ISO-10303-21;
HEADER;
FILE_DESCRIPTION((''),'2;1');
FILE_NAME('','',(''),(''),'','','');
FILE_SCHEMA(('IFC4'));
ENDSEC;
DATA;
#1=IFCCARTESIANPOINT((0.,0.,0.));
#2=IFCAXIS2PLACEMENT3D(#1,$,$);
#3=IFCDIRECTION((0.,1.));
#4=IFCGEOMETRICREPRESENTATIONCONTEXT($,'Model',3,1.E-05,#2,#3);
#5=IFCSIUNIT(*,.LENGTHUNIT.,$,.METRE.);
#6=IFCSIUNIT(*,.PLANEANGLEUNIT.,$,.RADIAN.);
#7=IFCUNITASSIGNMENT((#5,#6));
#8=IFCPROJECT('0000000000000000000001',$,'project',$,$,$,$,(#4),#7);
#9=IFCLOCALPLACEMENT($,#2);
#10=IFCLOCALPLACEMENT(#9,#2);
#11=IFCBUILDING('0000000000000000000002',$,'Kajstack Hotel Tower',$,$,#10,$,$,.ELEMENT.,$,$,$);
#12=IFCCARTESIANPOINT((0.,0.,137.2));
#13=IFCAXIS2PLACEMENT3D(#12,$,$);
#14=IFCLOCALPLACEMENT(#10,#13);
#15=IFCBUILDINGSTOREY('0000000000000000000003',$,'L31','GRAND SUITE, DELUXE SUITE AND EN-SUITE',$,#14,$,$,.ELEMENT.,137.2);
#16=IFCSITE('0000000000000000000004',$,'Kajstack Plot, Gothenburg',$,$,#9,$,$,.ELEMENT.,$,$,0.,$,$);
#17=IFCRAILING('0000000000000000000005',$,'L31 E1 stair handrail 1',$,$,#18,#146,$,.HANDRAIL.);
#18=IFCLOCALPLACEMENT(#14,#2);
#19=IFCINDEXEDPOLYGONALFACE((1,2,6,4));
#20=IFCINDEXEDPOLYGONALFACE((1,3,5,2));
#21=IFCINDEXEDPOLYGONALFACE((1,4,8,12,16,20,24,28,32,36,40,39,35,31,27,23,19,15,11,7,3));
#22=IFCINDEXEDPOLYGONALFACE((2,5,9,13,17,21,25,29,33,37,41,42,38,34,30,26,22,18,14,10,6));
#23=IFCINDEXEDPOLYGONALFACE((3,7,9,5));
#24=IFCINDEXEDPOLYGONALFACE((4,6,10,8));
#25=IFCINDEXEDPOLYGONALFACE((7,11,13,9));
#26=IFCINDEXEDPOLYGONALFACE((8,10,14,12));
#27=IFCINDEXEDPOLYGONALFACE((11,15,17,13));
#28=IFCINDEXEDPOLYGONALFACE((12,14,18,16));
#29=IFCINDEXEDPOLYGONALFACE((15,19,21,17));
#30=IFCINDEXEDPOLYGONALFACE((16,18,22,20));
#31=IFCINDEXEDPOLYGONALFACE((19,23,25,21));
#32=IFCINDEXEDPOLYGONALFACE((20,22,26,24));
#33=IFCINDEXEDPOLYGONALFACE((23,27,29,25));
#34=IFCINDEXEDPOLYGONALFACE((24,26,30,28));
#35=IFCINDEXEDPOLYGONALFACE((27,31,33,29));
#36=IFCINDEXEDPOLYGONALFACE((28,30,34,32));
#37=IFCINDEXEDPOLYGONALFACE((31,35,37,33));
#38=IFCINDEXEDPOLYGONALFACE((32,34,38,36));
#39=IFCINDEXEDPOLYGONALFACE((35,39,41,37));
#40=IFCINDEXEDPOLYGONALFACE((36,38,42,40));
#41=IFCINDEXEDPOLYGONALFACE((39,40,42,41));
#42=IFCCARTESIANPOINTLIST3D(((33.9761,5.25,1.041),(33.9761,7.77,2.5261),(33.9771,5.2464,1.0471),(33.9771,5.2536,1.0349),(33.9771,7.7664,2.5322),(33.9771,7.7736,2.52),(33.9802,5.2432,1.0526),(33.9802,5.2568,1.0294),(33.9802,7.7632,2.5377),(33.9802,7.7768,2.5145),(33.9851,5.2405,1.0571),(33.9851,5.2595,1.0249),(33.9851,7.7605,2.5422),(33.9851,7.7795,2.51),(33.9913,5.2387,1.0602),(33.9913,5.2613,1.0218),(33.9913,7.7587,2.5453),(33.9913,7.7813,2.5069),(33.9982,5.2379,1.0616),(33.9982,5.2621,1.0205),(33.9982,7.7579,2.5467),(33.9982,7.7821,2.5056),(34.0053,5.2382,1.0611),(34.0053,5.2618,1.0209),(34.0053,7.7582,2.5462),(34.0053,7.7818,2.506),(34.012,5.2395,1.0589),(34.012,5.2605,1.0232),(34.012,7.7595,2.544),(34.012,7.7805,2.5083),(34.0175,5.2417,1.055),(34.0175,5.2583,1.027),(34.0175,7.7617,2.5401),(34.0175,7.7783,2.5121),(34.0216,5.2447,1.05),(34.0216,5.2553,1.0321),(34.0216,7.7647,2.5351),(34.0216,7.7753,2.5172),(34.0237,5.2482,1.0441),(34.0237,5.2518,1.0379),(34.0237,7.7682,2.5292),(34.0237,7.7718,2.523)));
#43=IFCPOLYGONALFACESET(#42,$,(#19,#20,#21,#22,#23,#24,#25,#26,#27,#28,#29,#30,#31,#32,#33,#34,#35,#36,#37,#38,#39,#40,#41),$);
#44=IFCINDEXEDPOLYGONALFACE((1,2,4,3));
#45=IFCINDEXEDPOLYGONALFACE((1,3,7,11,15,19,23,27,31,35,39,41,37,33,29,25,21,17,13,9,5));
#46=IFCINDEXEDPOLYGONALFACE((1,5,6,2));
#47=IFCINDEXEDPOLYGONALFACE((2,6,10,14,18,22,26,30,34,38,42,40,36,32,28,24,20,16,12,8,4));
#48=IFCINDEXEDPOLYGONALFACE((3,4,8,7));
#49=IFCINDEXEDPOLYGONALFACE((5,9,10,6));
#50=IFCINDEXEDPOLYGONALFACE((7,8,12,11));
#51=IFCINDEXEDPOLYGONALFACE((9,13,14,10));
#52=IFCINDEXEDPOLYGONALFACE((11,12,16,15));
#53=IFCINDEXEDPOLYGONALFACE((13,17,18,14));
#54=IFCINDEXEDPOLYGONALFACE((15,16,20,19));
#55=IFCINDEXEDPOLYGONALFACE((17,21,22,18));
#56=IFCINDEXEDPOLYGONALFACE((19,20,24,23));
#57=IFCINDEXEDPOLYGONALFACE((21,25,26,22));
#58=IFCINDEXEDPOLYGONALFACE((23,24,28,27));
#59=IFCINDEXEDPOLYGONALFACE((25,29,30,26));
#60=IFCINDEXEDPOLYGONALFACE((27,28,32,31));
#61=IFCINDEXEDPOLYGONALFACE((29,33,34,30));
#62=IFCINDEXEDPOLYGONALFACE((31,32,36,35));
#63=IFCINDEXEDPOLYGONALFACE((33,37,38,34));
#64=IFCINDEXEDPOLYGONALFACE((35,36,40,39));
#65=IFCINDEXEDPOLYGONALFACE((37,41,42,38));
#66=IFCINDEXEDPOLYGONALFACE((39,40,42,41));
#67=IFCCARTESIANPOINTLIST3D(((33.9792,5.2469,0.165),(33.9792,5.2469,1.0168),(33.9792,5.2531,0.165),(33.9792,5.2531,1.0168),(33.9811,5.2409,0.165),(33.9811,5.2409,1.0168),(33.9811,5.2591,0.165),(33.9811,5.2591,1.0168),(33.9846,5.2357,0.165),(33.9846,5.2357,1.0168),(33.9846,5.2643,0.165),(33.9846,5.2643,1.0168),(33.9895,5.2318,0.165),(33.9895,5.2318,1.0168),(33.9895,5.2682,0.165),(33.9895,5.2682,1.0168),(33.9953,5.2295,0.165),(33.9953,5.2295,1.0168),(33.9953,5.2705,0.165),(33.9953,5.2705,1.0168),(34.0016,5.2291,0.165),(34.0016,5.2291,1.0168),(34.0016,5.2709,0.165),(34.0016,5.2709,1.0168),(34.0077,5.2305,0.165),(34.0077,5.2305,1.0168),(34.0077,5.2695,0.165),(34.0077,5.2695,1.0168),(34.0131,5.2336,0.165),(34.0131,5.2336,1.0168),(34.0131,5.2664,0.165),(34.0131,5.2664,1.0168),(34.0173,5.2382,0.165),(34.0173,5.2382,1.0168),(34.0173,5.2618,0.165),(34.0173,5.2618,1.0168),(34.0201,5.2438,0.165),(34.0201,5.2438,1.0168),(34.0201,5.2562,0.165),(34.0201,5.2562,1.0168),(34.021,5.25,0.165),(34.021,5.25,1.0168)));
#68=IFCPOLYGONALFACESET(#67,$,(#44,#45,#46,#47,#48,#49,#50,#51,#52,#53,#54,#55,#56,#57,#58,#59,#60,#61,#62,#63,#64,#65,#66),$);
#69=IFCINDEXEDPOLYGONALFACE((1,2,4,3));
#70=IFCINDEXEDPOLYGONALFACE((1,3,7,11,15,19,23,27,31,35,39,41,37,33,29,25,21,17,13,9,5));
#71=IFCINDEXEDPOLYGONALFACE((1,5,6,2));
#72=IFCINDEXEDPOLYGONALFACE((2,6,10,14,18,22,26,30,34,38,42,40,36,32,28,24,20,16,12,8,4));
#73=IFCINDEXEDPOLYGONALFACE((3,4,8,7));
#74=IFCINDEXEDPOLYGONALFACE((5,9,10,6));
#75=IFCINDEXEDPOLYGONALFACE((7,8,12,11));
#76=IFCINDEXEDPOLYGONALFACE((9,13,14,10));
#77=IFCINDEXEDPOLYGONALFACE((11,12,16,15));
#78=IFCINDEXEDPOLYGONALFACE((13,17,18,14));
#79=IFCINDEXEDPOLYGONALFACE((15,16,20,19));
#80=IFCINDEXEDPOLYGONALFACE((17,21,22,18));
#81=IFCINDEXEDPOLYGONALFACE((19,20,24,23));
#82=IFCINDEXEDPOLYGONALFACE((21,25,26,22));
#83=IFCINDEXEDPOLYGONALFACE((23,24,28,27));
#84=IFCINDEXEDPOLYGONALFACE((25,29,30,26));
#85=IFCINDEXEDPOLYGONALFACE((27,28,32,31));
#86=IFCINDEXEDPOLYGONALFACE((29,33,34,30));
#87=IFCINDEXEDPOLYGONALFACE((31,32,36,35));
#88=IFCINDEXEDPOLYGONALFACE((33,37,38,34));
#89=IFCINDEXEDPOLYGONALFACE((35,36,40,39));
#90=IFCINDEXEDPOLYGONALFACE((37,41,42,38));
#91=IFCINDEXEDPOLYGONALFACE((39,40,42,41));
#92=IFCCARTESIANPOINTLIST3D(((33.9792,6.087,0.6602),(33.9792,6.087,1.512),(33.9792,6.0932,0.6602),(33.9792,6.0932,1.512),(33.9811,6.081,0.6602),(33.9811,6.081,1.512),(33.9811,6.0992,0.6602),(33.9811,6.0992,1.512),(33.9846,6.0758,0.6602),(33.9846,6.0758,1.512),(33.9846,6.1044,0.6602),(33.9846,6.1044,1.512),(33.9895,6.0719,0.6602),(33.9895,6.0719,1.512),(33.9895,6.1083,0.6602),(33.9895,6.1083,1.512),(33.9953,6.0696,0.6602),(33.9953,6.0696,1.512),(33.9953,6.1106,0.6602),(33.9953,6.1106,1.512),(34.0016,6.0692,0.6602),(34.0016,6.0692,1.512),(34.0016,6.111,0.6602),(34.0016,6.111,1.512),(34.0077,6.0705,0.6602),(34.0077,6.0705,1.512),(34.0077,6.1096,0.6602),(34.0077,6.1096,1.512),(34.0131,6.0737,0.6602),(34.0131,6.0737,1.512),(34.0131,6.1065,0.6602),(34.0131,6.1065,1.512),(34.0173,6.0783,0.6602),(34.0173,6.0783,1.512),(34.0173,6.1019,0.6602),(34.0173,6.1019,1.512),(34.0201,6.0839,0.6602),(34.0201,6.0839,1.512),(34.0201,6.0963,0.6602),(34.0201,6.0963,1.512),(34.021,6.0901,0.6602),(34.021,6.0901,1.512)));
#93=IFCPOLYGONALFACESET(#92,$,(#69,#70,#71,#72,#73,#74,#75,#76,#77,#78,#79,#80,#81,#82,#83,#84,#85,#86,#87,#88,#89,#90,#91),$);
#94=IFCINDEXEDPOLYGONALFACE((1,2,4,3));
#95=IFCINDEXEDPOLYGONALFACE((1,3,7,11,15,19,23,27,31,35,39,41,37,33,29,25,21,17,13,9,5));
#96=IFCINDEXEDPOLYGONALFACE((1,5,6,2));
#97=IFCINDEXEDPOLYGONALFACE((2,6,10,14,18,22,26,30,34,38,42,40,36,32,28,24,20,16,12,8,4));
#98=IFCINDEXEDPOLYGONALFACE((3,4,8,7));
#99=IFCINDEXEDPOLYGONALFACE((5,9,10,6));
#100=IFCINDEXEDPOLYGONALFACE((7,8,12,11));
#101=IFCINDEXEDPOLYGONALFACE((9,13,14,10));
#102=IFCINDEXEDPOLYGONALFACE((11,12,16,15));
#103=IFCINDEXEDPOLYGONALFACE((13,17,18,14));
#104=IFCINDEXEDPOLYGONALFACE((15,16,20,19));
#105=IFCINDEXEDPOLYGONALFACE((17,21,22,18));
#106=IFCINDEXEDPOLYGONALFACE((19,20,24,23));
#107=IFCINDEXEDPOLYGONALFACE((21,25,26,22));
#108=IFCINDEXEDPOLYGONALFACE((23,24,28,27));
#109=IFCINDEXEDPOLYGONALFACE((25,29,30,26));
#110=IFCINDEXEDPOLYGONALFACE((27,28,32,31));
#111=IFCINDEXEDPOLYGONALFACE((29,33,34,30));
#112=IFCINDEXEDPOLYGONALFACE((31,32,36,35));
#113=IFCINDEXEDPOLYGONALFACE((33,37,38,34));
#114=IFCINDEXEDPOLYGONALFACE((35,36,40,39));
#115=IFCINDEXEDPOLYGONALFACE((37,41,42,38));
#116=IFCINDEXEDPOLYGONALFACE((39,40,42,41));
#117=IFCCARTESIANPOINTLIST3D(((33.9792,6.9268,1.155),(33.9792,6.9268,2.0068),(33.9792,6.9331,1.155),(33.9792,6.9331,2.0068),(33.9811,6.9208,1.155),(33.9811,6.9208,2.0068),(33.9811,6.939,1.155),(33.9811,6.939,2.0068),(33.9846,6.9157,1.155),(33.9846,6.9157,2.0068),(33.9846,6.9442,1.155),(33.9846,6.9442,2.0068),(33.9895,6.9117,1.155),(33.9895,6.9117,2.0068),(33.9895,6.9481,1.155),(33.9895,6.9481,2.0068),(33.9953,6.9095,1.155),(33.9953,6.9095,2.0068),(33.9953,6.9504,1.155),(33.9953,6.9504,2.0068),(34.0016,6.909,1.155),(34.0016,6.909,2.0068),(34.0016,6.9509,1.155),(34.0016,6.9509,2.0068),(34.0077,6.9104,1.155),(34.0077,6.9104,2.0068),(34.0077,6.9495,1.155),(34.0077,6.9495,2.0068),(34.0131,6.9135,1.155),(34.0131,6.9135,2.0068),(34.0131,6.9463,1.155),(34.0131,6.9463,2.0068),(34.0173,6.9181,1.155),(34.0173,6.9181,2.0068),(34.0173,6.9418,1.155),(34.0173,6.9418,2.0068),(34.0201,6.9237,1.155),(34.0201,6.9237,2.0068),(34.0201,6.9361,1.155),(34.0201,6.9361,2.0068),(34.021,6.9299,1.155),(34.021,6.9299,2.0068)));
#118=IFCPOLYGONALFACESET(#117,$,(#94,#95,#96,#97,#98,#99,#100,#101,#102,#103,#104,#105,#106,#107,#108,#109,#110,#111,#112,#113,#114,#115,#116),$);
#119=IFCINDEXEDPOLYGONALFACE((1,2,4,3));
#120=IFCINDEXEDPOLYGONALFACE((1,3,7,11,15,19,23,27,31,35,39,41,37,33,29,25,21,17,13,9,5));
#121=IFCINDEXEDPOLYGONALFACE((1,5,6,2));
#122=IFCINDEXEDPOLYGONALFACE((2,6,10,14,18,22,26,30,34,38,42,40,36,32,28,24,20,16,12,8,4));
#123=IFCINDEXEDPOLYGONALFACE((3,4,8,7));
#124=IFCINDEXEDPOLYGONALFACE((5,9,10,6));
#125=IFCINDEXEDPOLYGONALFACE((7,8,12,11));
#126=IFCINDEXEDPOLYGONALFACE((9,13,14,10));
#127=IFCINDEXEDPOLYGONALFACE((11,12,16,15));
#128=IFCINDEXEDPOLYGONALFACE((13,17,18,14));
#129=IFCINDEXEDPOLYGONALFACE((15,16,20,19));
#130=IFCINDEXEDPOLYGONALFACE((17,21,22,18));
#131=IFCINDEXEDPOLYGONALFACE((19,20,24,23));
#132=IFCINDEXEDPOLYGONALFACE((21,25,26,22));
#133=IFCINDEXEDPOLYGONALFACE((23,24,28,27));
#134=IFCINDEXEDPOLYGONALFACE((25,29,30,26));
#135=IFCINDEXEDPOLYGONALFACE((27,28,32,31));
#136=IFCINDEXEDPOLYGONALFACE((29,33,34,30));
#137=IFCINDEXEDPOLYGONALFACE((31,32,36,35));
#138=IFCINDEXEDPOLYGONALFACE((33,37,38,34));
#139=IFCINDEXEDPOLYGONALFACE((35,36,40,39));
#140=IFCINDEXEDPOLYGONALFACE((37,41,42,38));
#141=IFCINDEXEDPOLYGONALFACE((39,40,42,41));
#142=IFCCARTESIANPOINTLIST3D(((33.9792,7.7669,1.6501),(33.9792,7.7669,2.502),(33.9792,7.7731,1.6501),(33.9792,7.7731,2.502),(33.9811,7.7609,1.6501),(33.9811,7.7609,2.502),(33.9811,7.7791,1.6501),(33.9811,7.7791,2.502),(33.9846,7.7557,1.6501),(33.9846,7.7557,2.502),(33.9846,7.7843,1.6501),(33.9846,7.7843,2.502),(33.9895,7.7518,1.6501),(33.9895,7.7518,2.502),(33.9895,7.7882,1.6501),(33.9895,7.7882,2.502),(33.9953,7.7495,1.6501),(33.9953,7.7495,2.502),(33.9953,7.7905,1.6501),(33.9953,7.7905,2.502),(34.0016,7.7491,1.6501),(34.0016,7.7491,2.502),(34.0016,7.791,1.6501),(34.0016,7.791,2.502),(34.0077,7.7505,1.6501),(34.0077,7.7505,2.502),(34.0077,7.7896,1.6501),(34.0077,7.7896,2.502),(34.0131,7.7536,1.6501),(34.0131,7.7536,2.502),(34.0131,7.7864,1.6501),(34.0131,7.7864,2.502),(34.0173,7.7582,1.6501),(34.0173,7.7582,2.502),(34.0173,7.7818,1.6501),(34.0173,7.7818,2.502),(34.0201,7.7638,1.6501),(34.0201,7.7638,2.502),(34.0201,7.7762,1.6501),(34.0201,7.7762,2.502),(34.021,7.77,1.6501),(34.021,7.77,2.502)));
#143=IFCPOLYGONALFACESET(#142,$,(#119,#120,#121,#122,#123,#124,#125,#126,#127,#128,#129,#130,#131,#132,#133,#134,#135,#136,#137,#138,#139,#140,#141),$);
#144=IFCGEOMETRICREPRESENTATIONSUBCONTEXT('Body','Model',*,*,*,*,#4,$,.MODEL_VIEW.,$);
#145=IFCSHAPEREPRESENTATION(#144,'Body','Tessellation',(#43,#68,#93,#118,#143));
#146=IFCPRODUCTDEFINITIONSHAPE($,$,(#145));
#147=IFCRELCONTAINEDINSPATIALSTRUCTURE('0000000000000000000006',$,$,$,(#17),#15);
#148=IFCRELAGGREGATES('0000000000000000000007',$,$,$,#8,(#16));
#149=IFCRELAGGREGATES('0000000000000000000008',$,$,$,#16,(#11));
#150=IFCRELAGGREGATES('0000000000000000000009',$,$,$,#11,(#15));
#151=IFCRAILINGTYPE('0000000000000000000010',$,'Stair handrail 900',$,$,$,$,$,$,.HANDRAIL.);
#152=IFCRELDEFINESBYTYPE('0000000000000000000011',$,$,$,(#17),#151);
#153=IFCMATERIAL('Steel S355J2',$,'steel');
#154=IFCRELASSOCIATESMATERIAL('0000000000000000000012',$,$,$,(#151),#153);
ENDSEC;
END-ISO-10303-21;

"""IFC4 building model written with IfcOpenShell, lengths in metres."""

from ifc_helpers import new_model, si_unit, direction, frame, origin, origin_2d, place, context, subcontext, project, spatial, circle, extrude, material, type_object, element, save


model = new_model("IFC4")

# Units and contexts
model_context = context("Model", 3, precision=1e-05, world=origin(), true_north=direction((0.0, 1.0)))
body_context = subcontext(model_context, "Body", "Model", "MODEL_VIEW")
ifc_project = project(units=[si_unit("LENGTHUNIT", "METRE"), si_unit("PLANEANGLEUNIT", "RADIAN")], contexts=[model_context])

# Site, building, storey
site_placement = place(None, origin())
site = spatial("IfcSite", under=ifc_project, at=site_placement, Name="Kajstack Plot, Gothenburg", CompositionType="ELEMENT", RefElevation=0.0)
building_placement = place(site_placement, origin())
building = spatial("IfcBuilding", under=site, at=building_placement, Name="Kajstack Hotel Tower", CompositionType="ELEMENT")
storey_placement = place(building_placement, frame((0.0, 0.0, 137.2)))
storey = spatial("IfcBuildingStorey", under=building, at=storey_placement, Name="L31", Description="GRAND SUITE, DELUXE SUITE AND EN-SUITE", CompositionType="ELEMENT", Elevation=137.2)

# Railing
ifc_material_1 = material(Name="Steel S355J2", Category="steel")
railing_type_1 = type_object("IfcRailingType", Name="Stair handrail 900", PredefinedType="HANDRAIL", material=ifc_material_1)
railing_1_placement = place(storey_placement, frame((34.0, 5.25, 0.165)))
element("IfcRailing", 1, at=railing_1_placement, inside=storey, type_object=railing_type_1, Name="L31 E1 stair handrail 1", PredefinedType="HANDRAIL", context=body_context, shape_type="SweptSolid", body=[
    extrude(circle(Radius=0.0239, at=origin_2d()), frame((0.0, 0.0, 0.876), z_axis=(0.0, 0.861524, 0.507717), x_axis=(-1.0, 0.0, 0.0)), (0.0, 0.0, 1.0), 2.925),
    extrude(circle(Radius=0.021, at=origin_2d()), origin(), (0.0, 0.0, 1.0), 0.8518),
    extrude(circle(Radius=0.021, at=origin_2d()), frame((0.0, 0.8401, 0.4951)), (0.0, 0.0, 1.0), 0.8518),
    extrude(circle(Radius=0.021, at=origin_2d()), frame((0.0, 1.6799, 0.99)), (0.0, 0.0, 1.0), 0.8518),
    extrude(circle(Radius=0.021, at=origin_2d()), frame((0.0, 2.52, 1.4851)), (0.0, 0.0, 1.0), 0.8518),
])

save(model, "model.ifc")
